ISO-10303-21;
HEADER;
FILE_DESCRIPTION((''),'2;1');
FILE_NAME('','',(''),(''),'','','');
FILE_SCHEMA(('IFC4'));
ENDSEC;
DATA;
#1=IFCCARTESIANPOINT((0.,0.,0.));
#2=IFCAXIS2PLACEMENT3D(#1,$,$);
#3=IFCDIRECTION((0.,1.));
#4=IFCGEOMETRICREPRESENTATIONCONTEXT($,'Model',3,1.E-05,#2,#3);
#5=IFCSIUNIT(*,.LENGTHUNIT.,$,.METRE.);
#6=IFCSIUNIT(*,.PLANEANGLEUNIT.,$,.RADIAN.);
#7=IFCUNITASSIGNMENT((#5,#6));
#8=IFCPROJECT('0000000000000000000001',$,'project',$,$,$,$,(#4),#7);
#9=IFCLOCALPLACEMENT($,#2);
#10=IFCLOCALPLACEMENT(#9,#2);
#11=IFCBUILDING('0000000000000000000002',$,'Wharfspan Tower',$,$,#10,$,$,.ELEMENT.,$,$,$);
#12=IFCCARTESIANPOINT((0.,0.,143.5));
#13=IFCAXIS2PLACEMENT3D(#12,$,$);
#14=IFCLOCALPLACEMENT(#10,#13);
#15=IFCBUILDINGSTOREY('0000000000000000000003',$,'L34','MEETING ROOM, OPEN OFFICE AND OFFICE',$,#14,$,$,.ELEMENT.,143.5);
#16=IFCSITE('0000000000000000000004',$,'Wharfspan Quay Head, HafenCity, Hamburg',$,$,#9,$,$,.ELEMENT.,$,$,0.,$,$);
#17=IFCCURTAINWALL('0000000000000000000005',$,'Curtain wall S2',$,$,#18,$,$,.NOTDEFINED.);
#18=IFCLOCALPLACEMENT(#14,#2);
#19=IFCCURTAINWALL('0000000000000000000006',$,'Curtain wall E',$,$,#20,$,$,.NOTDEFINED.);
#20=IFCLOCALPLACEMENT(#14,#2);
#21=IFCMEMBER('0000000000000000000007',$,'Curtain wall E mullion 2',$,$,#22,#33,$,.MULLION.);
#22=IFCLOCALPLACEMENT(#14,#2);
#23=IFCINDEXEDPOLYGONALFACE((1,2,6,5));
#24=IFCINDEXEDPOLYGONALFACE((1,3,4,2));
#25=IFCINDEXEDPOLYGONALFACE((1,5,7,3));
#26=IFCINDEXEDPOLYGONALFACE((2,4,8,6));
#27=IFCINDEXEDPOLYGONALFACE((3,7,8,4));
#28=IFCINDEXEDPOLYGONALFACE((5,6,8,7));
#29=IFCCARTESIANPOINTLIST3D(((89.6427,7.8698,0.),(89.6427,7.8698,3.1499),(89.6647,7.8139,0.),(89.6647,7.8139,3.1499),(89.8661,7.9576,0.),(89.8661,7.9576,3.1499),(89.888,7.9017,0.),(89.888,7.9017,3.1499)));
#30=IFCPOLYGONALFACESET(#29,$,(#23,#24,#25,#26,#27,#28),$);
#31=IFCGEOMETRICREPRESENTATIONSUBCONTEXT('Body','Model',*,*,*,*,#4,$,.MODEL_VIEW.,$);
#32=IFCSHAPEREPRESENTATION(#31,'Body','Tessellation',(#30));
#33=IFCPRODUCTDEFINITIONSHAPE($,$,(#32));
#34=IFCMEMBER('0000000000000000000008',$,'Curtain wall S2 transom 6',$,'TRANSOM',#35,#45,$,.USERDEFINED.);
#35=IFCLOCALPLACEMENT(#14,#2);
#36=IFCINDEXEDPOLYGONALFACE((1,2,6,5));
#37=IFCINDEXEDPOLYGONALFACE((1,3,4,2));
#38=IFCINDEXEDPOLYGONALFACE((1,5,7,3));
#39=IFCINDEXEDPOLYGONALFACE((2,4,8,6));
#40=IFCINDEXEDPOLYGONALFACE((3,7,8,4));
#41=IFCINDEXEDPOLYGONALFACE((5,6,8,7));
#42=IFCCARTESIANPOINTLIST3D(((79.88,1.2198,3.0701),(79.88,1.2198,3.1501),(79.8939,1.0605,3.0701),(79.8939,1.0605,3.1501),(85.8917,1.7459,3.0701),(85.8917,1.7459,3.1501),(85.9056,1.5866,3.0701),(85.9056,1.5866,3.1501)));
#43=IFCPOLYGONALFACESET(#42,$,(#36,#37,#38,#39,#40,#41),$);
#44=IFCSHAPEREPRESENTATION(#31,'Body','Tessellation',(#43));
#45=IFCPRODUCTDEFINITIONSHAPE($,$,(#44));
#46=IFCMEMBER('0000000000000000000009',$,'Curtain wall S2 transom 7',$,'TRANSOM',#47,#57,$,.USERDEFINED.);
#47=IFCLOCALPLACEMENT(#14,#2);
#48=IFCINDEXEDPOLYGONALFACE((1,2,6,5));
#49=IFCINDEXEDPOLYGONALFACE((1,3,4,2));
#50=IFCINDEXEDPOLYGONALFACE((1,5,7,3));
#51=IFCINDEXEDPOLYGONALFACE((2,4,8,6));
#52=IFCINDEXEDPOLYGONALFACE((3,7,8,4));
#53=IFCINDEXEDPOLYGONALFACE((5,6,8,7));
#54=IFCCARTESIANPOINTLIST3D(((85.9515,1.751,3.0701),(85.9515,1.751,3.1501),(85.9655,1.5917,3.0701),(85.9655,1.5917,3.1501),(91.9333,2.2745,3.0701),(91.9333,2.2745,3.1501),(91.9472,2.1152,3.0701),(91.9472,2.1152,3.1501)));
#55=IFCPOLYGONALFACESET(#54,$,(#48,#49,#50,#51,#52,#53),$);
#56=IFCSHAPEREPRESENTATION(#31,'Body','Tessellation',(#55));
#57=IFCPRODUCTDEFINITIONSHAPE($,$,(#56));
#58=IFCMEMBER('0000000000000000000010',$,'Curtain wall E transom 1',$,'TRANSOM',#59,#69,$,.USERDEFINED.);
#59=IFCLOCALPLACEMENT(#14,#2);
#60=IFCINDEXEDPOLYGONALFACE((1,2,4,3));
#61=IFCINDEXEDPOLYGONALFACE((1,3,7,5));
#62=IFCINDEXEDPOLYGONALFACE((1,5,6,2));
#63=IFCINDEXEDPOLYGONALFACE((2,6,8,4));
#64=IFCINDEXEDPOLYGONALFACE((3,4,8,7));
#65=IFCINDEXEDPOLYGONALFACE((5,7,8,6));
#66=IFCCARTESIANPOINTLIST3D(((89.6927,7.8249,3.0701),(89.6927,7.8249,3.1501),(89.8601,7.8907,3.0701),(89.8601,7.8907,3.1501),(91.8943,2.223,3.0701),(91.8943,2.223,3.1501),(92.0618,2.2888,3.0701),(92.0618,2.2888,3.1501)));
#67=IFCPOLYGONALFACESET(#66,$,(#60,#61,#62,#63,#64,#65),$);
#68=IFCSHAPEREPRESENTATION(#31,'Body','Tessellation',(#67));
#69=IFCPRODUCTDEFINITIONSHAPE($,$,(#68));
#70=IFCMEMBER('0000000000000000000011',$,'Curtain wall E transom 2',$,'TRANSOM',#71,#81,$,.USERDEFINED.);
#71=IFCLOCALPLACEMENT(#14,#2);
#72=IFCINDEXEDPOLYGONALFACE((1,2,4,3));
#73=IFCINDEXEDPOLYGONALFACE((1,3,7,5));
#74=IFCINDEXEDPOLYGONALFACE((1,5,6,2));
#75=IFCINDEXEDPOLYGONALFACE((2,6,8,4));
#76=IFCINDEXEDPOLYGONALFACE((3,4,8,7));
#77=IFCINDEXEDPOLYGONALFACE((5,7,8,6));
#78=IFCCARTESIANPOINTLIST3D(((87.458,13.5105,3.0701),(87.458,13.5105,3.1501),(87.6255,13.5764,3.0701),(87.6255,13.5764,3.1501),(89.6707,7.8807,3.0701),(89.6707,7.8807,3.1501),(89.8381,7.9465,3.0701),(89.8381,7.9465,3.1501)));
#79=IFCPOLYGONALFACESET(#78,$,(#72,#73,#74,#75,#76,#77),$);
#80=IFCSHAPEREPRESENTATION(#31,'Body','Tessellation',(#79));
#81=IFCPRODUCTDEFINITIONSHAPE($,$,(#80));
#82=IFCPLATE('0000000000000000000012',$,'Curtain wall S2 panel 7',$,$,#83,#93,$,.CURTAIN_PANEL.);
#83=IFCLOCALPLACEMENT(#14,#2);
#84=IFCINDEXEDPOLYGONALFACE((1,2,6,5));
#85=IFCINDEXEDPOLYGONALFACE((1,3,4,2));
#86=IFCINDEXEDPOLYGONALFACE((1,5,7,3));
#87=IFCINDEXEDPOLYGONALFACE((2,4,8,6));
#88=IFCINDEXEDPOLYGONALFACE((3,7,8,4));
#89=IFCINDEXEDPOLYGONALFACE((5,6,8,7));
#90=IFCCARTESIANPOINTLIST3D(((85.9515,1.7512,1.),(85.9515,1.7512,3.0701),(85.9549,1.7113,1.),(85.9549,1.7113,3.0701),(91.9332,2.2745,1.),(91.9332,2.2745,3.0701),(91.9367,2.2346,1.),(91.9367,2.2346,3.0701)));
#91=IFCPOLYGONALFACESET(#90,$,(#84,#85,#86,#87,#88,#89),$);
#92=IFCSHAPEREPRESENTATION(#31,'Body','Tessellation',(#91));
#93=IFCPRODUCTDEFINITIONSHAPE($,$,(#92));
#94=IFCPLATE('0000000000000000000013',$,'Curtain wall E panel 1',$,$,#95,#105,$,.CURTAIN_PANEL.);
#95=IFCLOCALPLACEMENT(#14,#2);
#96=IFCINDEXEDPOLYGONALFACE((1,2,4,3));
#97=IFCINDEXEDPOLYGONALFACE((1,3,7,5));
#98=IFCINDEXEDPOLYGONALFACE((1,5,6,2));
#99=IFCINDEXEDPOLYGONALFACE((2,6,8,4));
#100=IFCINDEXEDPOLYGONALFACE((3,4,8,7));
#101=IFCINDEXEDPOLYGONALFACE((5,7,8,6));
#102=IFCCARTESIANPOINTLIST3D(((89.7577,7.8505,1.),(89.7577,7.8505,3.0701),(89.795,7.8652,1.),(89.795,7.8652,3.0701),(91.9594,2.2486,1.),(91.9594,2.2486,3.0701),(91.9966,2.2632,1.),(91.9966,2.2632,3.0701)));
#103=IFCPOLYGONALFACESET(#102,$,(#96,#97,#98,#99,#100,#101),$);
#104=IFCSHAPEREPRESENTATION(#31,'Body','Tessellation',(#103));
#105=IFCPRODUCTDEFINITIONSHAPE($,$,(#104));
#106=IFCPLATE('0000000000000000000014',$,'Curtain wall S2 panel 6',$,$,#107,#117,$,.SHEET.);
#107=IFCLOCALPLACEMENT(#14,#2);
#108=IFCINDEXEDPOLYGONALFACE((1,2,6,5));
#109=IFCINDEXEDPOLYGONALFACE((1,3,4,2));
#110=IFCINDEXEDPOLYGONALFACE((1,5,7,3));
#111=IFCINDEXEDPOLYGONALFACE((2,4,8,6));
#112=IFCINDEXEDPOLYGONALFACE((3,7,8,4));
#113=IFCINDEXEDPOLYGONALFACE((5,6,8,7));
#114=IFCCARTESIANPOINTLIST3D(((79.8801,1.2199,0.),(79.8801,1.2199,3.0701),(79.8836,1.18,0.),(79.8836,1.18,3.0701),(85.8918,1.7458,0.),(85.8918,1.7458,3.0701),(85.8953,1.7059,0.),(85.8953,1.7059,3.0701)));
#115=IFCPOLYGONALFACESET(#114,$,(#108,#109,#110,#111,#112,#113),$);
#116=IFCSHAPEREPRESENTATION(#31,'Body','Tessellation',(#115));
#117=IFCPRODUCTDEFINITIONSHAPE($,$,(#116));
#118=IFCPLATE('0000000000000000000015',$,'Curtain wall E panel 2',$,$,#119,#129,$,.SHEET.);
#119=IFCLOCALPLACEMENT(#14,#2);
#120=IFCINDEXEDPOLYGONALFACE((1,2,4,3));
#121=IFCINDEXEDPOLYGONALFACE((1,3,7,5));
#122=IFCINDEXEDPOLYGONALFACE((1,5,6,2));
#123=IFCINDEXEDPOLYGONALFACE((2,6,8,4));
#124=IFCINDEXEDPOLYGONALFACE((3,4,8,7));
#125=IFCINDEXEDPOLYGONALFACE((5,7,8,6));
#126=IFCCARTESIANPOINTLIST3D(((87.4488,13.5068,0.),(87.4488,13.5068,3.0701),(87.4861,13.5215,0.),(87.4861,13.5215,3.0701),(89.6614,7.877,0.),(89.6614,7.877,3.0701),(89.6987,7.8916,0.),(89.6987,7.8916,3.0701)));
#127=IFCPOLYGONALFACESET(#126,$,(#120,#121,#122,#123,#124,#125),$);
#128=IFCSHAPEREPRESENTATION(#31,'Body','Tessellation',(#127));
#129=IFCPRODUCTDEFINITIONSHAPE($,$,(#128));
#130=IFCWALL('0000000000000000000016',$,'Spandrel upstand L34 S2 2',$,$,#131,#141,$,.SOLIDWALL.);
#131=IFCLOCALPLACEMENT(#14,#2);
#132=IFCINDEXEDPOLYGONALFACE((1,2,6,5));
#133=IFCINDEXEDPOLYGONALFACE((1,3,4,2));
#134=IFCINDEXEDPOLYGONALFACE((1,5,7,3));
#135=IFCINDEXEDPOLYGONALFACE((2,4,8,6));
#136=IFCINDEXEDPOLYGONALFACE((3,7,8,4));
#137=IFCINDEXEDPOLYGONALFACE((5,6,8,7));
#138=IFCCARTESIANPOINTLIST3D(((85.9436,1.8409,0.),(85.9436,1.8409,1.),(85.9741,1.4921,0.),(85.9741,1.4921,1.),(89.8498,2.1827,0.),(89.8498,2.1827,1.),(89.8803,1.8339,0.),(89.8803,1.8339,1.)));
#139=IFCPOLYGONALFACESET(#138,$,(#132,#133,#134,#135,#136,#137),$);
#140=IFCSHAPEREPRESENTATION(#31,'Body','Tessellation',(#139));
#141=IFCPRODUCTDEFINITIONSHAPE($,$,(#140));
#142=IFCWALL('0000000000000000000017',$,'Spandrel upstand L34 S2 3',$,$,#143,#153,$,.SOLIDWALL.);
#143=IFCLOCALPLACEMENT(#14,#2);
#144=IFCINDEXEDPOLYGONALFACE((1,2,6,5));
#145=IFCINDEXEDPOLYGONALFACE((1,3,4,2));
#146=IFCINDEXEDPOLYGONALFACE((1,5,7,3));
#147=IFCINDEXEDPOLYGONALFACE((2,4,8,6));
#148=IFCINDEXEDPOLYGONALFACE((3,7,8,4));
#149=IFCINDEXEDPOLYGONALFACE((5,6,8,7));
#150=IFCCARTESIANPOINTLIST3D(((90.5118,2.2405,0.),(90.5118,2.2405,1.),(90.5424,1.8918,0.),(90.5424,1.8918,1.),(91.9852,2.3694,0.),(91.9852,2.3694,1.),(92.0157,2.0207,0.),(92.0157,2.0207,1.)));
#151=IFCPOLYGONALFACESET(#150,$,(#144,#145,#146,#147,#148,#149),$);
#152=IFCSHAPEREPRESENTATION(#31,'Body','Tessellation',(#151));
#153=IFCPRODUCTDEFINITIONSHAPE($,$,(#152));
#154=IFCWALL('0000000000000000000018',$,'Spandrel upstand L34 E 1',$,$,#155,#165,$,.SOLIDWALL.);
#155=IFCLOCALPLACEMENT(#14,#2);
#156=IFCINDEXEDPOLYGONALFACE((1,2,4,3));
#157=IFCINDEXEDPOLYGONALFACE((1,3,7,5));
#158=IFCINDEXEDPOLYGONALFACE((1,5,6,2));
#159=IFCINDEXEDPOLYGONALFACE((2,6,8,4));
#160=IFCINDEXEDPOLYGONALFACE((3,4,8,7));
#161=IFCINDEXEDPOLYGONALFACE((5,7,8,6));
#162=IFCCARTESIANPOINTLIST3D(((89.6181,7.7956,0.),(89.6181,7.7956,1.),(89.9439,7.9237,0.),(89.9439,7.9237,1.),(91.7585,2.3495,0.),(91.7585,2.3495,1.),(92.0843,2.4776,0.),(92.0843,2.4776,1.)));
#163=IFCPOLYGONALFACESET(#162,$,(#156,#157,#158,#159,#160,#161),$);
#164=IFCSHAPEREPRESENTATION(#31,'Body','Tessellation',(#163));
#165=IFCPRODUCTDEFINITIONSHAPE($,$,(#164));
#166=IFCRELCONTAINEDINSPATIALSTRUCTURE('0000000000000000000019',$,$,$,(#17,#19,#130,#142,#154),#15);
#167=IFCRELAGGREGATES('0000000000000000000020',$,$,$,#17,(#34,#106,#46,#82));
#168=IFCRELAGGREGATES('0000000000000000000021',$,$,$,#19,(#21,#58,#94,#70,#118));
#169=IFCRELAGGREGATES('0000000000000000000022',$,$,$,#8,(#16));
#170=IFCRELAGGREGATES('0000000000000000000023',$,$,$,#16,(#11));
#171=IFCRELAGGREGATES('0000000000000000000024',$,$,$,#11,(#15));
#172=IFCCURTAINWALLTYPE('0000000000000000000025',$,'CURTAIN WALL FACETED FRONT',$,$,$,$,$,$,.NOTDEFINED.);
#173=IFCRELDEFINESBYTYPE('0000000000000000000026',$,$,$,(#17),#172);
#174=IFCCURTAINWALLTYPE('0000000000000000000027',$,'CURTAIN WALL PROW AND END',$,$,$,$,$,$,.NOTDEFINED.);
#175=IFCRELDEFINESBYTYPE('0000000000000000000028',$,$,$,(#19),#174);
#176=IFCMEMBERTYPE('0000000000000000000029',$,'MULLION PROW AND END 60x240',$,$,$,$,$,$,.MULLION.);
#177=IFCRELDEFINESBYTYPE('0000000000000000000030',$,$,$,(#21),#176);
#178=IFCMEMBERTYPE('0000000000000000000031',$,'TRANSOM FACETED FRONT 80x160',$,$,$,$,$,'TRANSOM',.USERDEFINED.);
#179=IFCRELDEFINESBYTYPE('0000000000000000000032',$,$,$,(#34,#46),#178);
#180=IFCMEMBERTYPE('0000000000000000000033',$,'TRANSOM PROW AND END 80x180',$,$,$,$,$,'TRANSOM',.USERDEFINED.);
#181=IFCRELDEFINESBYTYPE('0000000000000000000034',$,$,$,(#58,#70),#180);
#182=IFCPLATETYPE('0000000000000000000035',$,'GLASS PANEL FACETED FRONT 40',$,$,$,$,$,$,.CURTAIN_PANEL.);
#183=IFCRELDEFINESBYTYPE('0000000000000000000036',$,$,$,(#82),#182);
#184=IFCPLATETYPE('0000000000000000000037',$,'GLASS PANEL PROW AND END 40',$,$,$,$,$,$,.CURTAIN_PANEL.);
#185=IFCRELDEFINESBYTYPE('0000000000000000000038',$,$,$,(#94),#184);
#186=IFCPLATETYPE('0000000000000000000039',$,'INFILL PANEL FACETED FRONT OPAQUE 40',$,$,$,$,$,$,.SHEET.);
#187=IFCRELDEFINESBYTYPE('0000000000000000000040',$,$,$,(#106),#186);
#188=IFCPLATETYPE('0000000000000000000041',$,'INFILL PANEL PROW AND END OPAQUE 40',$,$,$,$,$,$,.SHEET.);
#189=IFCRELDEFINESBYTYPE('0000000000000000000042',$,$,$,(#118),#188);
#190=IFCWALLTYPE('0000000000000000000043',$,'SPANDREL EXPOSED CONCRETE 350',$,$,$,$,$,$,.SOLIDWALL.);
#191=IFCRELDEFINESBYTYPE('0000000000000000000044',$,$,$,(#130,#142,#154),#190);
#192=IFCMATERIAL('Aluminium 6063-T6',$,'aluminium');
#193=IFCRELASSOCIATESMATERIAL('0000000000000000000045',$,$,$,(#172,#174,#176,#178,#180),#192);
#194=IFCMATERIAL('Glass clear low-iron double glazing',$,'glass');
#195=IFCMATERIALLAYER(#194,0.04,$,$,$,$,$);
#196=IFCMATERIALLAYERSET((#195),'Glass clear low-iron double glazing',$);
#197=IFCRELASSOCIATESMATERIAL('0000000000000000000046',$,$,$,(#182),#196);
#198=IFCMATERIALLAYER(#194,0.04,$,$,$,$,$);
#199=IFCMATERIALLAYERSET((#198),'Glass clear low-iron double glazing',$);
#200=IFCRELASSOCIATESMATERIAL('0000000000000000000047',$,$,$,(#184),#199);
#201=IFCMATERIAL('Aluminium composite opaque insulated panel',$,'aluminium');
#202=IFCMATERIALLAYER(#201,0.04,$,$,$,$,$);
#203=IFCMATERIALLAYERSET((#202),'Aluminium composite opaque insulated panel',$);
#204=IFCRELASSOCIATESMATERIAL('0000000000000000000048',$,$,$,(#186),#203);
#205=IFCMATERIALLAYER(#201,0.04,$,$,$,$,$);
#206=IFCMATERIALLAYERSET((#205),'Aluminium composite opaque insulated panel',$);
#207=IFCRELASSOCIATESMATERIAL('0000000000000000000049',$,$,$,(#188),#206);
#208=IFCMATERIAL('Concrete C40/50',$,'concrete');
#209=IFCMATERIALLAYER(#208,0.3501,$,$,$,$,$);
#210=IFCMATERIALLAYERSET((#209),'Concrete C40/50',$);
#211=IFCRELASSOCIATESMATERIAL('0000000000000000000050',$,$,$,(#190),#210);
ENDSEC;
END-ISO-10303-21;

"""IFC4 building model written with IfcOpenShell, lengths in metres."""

from ifc_helpers import new_model, si_unit, direction, frame, frame_2d, origin, origin_2d, place, context, subcontext, project, spatial, rectangle, extrude, material, layer, layer_set, material_profile, profile_set, type_object, element, aggregate, save


model = new_model("IFC4")

# Units and contexts
model_context = context("Model", 3, precision=1e-05, world=origin(), true_north=direction((0.0, 1.0)))
body_context = subcontext(model_context, "Body", "Model", "MODEL_VIEW")
ifc_project = project(units=[si_unit("LENGTHUNIT", "METRE"), si_unit("PLANEANGLEUNIT", "RADIAN")], contexts=[model_context])

# Site, building, storey
site_placement = place(None, origin())
site = spatial("IfcSite", under=ifc_project, at=site_placement, Name="Wharfspan Quay Head, HafenCity, Hamburg", CompositionType="ELEMENT", RefElevation=0.0)
building_placement = place(site_placement, origin())
building = spatial("IfcBuilding", under=site, at=building_placement, Name="Wharfspan Tower", CompositionType="ELEMENT")
storey_placement = place(building_placement, frame((0.0, 0.0, 143.5)))
storey = spatial("IfcBuildingStorey", under=building, at=storey_placement, Name="L34", Description="MEETING ROOM, OPEN OFFICE AND OFFICE", CompositionType="ELEMENT", Elevation=143.5)

# Curtain walls, member
ifc_material_1 = material(Name="Aluminium 6063-T6", Category="aluminium")
curtain_wall_type_1 = type_object("IfcCurtainWallType", Name="CURTAIN WALL FACETED FRONT", PredefinedType="NOTDEFINED", material=ifc_material_1)
curtain_wall_1_placement = place(storey_placement, origin())
curtain_wall_1 = element("IfcCurtainWall", 1, at=curtain_wall_1_placement, inside=storey, type_object=curtain_wall_type_1, Name="Curtain wall S2", PredefinedType="NOTDEFINED")
curtain_wall_type_2 = type_object("IfcCurtainWallType", Name="CURTAIN WALL PROW AND END", PredefinedType="NOTDEFINED", material=ifc_material_1)
curtain_wall_2_placement = place(storey_placement, origin())
curtain_wall_2 = element("IfcCurtainWall", 2, at=curtain_wall_2_placement, inside=storey, type_object=curtain_wall_type_2, Name="Curtain wall E", PredefinedType="NOTDEFINED")
ifc_material_profile_1 = material_profile(ifc_material_1, rectangle(XDim=0.24, YDim=0.0601, at=origin_2d()))
ifc_profile_set_1 = profile_set([ifc_material_profile_1], Name="Aluminium 6063-T6")
member_type_1 = type_object("IfcMemberType", Name="MULLION PROW AND END 60x240", PredefinedType="MULLION", material=ifc_profile_set_1)
member_1_placement = place(storey_placement, frame((89.7654, 7.8857, 0.0), z_axis=(0.0, 0.0, 1.0), x_axis=(-0.930702, -0.365778, 0.0)))
member_1 = element("IfcMember", 3, at=member_1_placement, type_object=member_type_1, Name="Curtain wall E mullion 2", PredefinedType="MULLION", context=body_context, shape_type="SweptSolid", body=[
    extrude(rectangle(XDim=0.24, YDim=0.0601, at=origin_2d()), origin(), (0.0, 0.0, 1.0), 3.1499),
])

# Members
ifc_material_profile_2 = material_profile(ifc_material_1, rectangle(XDim=0.1599, YDim=0.0801, at=origin_2d()))
ifc_profile_set_2 = profile_set([ifc_material_profile_2], Name="Aluminium 6063-T6")
member_type_2 = type_object("IfcMemberType", Name="TRANSOM FACETED FRONT 80x160", ElementType="TRANSOM", PredefinedType="USERDEFINED", material=ifc_profile_set_2)
member_2_placement = place(storey_placement, frame((79.887, 1.1401, 3.1101), z_axis=(0.996192, 0.087183, 0.0), x_axis=(-0.087183, 0.996192, 0.0)))
member_2 = element("IfcMember", 4, at=member_2_placement, type_object=member_type_2, Name="Curtain wall S2 transom 6", ObjectType="TRANSOM", PredefinedType="USERDEFINED", context=body_context, shape_type="SweptSolid", body=[
    extrude(rectangle(XDim=0.1599, YDim=0.0801, at=origin_2d()), origin(), (0.0, 0.0, 1.0), 6.0347),
])
member_3_placement = place(storey_placement, frame((85.9585, 1.6714, 3.1101), z_axis=(0.996193, 0.087174, 0.0), x_axis=(-0.087174, 0.996193, 0.0)))
member_3 = element("IfcMember", 5, at=member_3_placement, type_object=member_type_2, Name="Curtain wall S2 transom 7", ObjectType="TRANSOM", PredefinedType="USERDEFINED", context=body_context, shape_type="SweptSolid", body=[
    extrude(rectangle(XDim=0.1599, YDim=0.0801, at=origin_2d()), origin(), (0.0, 0.0, 1.0), 6.0046),
])
ifc_material_profile_3 = material_profile(ifc_material_1, rectangle(XDim=0.1799, YDim=0.0801, at=origin_2d()))
ifc_profile_set_3 = profile_set([ifc_material_profile_3], Name="Aluminium 6063-T6")
member_type_3 = type_object("IfcMemberType", Name="TRANSOM PROW AND END 80x180", ElementType="TRANSOM", PredefinedType="USERDEFINED", material=ifc_profile_set_3)
member_4_placement = place(storey_placement, frame((91.978, 2.2559, 3.1101), z_axis=(-0.365775, 0.930703, 0.0), x_axis=(-0.930703, -0.365775, 0.0)))
member_4 = element("IfcMember", 6, at=member_4_placement, type_object=member_type_3, Name="Curtain wall E transom 1", ObjectType="TRANSOM", PredefinedType="USERDEFINED", context=body_context, shape_type="SweptSolid", body=[
    extrude(rectangle(XDim=0.1799, YDim=0.0801, at=origin_2d()), origin(), (0.0, 0.0, 1.0), 6.019),
])
member_5_placement = place(storey_placement, frame((89.7544, 7.9136, 3.1101), z_axis=(-0.365782, 0.9307, 0.0), x_axis=(-0.9307, -0.365782, 0.0)))
member_5 = element("IfcMember", 7, at=member_5_placement, type_object=member_type_3, Name="Curtain wall E transom 2", ObjectType="TRANSOM", PredefinedType="USERDEFINED", context=body_context, shape_type="SweptSolid", body=[
    extrude(rectangle(XDim=0.1799, YDim=0.0801, at=origin_2d()), origin(), (0.0, 0.0, 1.0), 6.0491),
])

# Plates
ifc_material_2 = material(Name="Glass clear low-iron double glazing", Category="glass")
ifc_layer_1 = layer(ifc_material_2, 0.04)
ifc_layer_set_1 = layer_set([ifc_layer_1], Name="Glass clear low-iron double glazing")
plate_type_1 = type_object("IfcPlateType", Name="GLASS PANEL FACETED FRONT 40", PredefinedType="CURTAIN_PANEL", material=ifc_layer_set_1)
plate_1_placement = place(storey_placement, frame((88.9441, 1.9929, 1.0), z_axis=(0.0, 0.0, 1.0), x_axis=(0.996198, 0.087156, 0.0)))
plate_1 = element("IfcPlate", 8, at=plate_1_placement, type_object=plate_type_1, Name="Curtain wall S2 panel 7", PredefinedType="CURTAIN_PANEL", context=body_context, shape_type="SweptSolid", body=[
    extrude(rectangle(XDim=6.0046, YDim=0.04, at=origin_2d()), origin(), (0.0, 0.0, 1.0), 2.0701),
])
ifc_layer_2 = layer(ifc_material_2, 0.04)
ifc_layer_set_2 = layer_set([ifc_layer_2], Name="Glass clear low-iron double glazing")
plate_type_2 = type_object("IfcPlateType", Name="GLASS PANEL PROW AND END 40", PredefinedType="CURTAIN_PANEL", material=ifc_layer_set_2)
plate_2_placement = place(storey_placement, frame((90.8772, 5.0569, 1.0), z_axis=(0.0, 0.0, 1.0), x_axis=(-0.365778, 0.930702, 0.0)))
plate_2 = element("IfcPlate", 9, at=plate_2_placement, type_object=plate_type_2, Name="Curtain wall E panel 1", PredefinedType="CURTAIN_PANEL", context=body_context, shape_type="SweptSolid", body=[
    extrude(rectangle(XDim=6.019, YDim=0.04, at=origin_2d()), origin(), (0.0, 0.0, 1.0), 2.0701),
])
ifc_material_3 = material(Name="Aluminium composite opaque insulated panel", Category="aluminium")
ifc_layer_3 = layer(ifc_material_3, 0.04)
ifc_layer_set_3 = layer_set([ifc_layer_3], Name="Aluminium composite opaque insulated panel")
plate_type_3 = type_object("IfcPlateType", Name="INFILL PANEL FACETED FRONT OPAQUE 40", PredefinedType="SHEET", material=ifc_layer_set_3)
plate_3_placement = place(storey_placement, frame((82.8877, 1.4629, 0.0), z_axis=(0.0, 0.0, 1.0), x_axis=(0.996198, 0.087156, 0.0)))
plate_3 = element("IfcPlate", 10, at=plate_3_placement, type_object=plate_type_3, Name="Curtain wall S2 panel 6", PredefinedType="SHEET", context=body_context, shape_type="SweptSolid", body=[
    extrude(rectangle(XDim=6.0347, YDim=0.04, at=origin_2d()), origin(), (0.0, 0.0, 1.0), 3.0701),
])
aggregate(curtain_wall_1, [member_2, plate_3, member_3, plate_1])
ifc_layer_4 = layer(ifc_material_3, 0.04)
ifc_layer_set_4 = layer_set([ifc_layer_4], Name="Aluminium composite opaque insulated panel")
plate_type_4 = type_object("IfcPlateType", Name="INFILL PANEL PROW AND END OPAQUE 40", PredefinedType="SHEET", material=ifc_layer_set_4)
plate_4_placement = place(storey_placement, frame((88.5737, 10.6992, 0.0), z_axis=(0.0, 0.0, 1.0), x_axis=(-0.365778, 0.930702, 0.0)))
plate_4 = element("IfcPlate", 11, at=plate_4_placement, type_object=plate_type_4, Name="Curtain wall E panel 2", PredefinedType="SHEET", context=body_context, shape_type="SweptSolid", body=[
    extrude(rectangle(XDim=6.0491, YDim=0.04, at=origin_2d()), origin(), (0.0, 0.0, 1.0), 3.0701),
])
aggregate(curtain_wall_2, [member_1, member_4, plate_2, member_5, plate_4])

# Walls
ifc_material_4 = material(Name="Concrete C40/50", Category="concrete")
ifc_layer_5 = layer(ifc_material_4, 0.3501)
ifc_layer_set_5 = layer_set([ifc_layer_5], Name="Concrete C40/50")
wall_type = type_object("IfcWallType", Name="SPANDREL EXPOSED CONCRETE 350", PredefinedType="SOLIDWALL", material=ifc_layer_set_5)
wall_1_placement = place(storey_placement, frame((85.959, 1.6665, 0.0), z_axis=(0.0, 0.0, 1.0), x_axis=(0.996194, 0.087167, 0.0)))
element("IfcWall", 12, at=wall_1_placement, inside=storey, type_object=wall_type, Name="Spandrel upstand L34 S2 2", PredefinedType="SOLIDWALL", context=body_context, shape_type="SweptSolid", body=[
    extrude(rectangle(XDim=3.9211, YDim=0.3501, at=frame_2d((1.9604, 0.0))), origin(), (0.0, 0.0, 1.0), 1.0),
])
wall_2_placement = place(storey_placement, frame((90.5271, 2.0662, 0.0), z_axis=(0.0, 0.0, 1.0), x_axis=(0.996198, 0.087157, 0.0)))
element("IfcWall", 13, at=wall_2_placement, inside=storey, type_object=wall_type, Name="Spandrel upstand L34 S2 3", PredefinedType="SOLIDWALL", context=body_context, shape_type="SweptSolid", body=[
    extrude(rectangle(XDim=1.479, YDim=0.3501, at=frame_2d((0.7395, 0.0))), origin(), (0.0, 0.0, 1.0), 1.0),
])
wall_3_placement = place(storey_placement, frame((91.9214, 2.4136, 0.0), z_axis=(0.0, 0.0, 1.0), x_axis=(-0.36578, 0.930701, 0.0)))
element("IfcWall", 14, at=wall_3_placement, inside=storey, type_object=wall_type, Name="Spandrel upstand L34 E 1", PredefinedType="SOLIDWALL", context=body_context, shape_type="SweptSolid", body=[
    extrude(rectangle(XDim=5.8516, YDim=0.3501, at=frame_2d((2.9258, 0.0))), origin(), (0.0, 0.0, 1.0), 1.0),
])

save(model, "model.ifc")
